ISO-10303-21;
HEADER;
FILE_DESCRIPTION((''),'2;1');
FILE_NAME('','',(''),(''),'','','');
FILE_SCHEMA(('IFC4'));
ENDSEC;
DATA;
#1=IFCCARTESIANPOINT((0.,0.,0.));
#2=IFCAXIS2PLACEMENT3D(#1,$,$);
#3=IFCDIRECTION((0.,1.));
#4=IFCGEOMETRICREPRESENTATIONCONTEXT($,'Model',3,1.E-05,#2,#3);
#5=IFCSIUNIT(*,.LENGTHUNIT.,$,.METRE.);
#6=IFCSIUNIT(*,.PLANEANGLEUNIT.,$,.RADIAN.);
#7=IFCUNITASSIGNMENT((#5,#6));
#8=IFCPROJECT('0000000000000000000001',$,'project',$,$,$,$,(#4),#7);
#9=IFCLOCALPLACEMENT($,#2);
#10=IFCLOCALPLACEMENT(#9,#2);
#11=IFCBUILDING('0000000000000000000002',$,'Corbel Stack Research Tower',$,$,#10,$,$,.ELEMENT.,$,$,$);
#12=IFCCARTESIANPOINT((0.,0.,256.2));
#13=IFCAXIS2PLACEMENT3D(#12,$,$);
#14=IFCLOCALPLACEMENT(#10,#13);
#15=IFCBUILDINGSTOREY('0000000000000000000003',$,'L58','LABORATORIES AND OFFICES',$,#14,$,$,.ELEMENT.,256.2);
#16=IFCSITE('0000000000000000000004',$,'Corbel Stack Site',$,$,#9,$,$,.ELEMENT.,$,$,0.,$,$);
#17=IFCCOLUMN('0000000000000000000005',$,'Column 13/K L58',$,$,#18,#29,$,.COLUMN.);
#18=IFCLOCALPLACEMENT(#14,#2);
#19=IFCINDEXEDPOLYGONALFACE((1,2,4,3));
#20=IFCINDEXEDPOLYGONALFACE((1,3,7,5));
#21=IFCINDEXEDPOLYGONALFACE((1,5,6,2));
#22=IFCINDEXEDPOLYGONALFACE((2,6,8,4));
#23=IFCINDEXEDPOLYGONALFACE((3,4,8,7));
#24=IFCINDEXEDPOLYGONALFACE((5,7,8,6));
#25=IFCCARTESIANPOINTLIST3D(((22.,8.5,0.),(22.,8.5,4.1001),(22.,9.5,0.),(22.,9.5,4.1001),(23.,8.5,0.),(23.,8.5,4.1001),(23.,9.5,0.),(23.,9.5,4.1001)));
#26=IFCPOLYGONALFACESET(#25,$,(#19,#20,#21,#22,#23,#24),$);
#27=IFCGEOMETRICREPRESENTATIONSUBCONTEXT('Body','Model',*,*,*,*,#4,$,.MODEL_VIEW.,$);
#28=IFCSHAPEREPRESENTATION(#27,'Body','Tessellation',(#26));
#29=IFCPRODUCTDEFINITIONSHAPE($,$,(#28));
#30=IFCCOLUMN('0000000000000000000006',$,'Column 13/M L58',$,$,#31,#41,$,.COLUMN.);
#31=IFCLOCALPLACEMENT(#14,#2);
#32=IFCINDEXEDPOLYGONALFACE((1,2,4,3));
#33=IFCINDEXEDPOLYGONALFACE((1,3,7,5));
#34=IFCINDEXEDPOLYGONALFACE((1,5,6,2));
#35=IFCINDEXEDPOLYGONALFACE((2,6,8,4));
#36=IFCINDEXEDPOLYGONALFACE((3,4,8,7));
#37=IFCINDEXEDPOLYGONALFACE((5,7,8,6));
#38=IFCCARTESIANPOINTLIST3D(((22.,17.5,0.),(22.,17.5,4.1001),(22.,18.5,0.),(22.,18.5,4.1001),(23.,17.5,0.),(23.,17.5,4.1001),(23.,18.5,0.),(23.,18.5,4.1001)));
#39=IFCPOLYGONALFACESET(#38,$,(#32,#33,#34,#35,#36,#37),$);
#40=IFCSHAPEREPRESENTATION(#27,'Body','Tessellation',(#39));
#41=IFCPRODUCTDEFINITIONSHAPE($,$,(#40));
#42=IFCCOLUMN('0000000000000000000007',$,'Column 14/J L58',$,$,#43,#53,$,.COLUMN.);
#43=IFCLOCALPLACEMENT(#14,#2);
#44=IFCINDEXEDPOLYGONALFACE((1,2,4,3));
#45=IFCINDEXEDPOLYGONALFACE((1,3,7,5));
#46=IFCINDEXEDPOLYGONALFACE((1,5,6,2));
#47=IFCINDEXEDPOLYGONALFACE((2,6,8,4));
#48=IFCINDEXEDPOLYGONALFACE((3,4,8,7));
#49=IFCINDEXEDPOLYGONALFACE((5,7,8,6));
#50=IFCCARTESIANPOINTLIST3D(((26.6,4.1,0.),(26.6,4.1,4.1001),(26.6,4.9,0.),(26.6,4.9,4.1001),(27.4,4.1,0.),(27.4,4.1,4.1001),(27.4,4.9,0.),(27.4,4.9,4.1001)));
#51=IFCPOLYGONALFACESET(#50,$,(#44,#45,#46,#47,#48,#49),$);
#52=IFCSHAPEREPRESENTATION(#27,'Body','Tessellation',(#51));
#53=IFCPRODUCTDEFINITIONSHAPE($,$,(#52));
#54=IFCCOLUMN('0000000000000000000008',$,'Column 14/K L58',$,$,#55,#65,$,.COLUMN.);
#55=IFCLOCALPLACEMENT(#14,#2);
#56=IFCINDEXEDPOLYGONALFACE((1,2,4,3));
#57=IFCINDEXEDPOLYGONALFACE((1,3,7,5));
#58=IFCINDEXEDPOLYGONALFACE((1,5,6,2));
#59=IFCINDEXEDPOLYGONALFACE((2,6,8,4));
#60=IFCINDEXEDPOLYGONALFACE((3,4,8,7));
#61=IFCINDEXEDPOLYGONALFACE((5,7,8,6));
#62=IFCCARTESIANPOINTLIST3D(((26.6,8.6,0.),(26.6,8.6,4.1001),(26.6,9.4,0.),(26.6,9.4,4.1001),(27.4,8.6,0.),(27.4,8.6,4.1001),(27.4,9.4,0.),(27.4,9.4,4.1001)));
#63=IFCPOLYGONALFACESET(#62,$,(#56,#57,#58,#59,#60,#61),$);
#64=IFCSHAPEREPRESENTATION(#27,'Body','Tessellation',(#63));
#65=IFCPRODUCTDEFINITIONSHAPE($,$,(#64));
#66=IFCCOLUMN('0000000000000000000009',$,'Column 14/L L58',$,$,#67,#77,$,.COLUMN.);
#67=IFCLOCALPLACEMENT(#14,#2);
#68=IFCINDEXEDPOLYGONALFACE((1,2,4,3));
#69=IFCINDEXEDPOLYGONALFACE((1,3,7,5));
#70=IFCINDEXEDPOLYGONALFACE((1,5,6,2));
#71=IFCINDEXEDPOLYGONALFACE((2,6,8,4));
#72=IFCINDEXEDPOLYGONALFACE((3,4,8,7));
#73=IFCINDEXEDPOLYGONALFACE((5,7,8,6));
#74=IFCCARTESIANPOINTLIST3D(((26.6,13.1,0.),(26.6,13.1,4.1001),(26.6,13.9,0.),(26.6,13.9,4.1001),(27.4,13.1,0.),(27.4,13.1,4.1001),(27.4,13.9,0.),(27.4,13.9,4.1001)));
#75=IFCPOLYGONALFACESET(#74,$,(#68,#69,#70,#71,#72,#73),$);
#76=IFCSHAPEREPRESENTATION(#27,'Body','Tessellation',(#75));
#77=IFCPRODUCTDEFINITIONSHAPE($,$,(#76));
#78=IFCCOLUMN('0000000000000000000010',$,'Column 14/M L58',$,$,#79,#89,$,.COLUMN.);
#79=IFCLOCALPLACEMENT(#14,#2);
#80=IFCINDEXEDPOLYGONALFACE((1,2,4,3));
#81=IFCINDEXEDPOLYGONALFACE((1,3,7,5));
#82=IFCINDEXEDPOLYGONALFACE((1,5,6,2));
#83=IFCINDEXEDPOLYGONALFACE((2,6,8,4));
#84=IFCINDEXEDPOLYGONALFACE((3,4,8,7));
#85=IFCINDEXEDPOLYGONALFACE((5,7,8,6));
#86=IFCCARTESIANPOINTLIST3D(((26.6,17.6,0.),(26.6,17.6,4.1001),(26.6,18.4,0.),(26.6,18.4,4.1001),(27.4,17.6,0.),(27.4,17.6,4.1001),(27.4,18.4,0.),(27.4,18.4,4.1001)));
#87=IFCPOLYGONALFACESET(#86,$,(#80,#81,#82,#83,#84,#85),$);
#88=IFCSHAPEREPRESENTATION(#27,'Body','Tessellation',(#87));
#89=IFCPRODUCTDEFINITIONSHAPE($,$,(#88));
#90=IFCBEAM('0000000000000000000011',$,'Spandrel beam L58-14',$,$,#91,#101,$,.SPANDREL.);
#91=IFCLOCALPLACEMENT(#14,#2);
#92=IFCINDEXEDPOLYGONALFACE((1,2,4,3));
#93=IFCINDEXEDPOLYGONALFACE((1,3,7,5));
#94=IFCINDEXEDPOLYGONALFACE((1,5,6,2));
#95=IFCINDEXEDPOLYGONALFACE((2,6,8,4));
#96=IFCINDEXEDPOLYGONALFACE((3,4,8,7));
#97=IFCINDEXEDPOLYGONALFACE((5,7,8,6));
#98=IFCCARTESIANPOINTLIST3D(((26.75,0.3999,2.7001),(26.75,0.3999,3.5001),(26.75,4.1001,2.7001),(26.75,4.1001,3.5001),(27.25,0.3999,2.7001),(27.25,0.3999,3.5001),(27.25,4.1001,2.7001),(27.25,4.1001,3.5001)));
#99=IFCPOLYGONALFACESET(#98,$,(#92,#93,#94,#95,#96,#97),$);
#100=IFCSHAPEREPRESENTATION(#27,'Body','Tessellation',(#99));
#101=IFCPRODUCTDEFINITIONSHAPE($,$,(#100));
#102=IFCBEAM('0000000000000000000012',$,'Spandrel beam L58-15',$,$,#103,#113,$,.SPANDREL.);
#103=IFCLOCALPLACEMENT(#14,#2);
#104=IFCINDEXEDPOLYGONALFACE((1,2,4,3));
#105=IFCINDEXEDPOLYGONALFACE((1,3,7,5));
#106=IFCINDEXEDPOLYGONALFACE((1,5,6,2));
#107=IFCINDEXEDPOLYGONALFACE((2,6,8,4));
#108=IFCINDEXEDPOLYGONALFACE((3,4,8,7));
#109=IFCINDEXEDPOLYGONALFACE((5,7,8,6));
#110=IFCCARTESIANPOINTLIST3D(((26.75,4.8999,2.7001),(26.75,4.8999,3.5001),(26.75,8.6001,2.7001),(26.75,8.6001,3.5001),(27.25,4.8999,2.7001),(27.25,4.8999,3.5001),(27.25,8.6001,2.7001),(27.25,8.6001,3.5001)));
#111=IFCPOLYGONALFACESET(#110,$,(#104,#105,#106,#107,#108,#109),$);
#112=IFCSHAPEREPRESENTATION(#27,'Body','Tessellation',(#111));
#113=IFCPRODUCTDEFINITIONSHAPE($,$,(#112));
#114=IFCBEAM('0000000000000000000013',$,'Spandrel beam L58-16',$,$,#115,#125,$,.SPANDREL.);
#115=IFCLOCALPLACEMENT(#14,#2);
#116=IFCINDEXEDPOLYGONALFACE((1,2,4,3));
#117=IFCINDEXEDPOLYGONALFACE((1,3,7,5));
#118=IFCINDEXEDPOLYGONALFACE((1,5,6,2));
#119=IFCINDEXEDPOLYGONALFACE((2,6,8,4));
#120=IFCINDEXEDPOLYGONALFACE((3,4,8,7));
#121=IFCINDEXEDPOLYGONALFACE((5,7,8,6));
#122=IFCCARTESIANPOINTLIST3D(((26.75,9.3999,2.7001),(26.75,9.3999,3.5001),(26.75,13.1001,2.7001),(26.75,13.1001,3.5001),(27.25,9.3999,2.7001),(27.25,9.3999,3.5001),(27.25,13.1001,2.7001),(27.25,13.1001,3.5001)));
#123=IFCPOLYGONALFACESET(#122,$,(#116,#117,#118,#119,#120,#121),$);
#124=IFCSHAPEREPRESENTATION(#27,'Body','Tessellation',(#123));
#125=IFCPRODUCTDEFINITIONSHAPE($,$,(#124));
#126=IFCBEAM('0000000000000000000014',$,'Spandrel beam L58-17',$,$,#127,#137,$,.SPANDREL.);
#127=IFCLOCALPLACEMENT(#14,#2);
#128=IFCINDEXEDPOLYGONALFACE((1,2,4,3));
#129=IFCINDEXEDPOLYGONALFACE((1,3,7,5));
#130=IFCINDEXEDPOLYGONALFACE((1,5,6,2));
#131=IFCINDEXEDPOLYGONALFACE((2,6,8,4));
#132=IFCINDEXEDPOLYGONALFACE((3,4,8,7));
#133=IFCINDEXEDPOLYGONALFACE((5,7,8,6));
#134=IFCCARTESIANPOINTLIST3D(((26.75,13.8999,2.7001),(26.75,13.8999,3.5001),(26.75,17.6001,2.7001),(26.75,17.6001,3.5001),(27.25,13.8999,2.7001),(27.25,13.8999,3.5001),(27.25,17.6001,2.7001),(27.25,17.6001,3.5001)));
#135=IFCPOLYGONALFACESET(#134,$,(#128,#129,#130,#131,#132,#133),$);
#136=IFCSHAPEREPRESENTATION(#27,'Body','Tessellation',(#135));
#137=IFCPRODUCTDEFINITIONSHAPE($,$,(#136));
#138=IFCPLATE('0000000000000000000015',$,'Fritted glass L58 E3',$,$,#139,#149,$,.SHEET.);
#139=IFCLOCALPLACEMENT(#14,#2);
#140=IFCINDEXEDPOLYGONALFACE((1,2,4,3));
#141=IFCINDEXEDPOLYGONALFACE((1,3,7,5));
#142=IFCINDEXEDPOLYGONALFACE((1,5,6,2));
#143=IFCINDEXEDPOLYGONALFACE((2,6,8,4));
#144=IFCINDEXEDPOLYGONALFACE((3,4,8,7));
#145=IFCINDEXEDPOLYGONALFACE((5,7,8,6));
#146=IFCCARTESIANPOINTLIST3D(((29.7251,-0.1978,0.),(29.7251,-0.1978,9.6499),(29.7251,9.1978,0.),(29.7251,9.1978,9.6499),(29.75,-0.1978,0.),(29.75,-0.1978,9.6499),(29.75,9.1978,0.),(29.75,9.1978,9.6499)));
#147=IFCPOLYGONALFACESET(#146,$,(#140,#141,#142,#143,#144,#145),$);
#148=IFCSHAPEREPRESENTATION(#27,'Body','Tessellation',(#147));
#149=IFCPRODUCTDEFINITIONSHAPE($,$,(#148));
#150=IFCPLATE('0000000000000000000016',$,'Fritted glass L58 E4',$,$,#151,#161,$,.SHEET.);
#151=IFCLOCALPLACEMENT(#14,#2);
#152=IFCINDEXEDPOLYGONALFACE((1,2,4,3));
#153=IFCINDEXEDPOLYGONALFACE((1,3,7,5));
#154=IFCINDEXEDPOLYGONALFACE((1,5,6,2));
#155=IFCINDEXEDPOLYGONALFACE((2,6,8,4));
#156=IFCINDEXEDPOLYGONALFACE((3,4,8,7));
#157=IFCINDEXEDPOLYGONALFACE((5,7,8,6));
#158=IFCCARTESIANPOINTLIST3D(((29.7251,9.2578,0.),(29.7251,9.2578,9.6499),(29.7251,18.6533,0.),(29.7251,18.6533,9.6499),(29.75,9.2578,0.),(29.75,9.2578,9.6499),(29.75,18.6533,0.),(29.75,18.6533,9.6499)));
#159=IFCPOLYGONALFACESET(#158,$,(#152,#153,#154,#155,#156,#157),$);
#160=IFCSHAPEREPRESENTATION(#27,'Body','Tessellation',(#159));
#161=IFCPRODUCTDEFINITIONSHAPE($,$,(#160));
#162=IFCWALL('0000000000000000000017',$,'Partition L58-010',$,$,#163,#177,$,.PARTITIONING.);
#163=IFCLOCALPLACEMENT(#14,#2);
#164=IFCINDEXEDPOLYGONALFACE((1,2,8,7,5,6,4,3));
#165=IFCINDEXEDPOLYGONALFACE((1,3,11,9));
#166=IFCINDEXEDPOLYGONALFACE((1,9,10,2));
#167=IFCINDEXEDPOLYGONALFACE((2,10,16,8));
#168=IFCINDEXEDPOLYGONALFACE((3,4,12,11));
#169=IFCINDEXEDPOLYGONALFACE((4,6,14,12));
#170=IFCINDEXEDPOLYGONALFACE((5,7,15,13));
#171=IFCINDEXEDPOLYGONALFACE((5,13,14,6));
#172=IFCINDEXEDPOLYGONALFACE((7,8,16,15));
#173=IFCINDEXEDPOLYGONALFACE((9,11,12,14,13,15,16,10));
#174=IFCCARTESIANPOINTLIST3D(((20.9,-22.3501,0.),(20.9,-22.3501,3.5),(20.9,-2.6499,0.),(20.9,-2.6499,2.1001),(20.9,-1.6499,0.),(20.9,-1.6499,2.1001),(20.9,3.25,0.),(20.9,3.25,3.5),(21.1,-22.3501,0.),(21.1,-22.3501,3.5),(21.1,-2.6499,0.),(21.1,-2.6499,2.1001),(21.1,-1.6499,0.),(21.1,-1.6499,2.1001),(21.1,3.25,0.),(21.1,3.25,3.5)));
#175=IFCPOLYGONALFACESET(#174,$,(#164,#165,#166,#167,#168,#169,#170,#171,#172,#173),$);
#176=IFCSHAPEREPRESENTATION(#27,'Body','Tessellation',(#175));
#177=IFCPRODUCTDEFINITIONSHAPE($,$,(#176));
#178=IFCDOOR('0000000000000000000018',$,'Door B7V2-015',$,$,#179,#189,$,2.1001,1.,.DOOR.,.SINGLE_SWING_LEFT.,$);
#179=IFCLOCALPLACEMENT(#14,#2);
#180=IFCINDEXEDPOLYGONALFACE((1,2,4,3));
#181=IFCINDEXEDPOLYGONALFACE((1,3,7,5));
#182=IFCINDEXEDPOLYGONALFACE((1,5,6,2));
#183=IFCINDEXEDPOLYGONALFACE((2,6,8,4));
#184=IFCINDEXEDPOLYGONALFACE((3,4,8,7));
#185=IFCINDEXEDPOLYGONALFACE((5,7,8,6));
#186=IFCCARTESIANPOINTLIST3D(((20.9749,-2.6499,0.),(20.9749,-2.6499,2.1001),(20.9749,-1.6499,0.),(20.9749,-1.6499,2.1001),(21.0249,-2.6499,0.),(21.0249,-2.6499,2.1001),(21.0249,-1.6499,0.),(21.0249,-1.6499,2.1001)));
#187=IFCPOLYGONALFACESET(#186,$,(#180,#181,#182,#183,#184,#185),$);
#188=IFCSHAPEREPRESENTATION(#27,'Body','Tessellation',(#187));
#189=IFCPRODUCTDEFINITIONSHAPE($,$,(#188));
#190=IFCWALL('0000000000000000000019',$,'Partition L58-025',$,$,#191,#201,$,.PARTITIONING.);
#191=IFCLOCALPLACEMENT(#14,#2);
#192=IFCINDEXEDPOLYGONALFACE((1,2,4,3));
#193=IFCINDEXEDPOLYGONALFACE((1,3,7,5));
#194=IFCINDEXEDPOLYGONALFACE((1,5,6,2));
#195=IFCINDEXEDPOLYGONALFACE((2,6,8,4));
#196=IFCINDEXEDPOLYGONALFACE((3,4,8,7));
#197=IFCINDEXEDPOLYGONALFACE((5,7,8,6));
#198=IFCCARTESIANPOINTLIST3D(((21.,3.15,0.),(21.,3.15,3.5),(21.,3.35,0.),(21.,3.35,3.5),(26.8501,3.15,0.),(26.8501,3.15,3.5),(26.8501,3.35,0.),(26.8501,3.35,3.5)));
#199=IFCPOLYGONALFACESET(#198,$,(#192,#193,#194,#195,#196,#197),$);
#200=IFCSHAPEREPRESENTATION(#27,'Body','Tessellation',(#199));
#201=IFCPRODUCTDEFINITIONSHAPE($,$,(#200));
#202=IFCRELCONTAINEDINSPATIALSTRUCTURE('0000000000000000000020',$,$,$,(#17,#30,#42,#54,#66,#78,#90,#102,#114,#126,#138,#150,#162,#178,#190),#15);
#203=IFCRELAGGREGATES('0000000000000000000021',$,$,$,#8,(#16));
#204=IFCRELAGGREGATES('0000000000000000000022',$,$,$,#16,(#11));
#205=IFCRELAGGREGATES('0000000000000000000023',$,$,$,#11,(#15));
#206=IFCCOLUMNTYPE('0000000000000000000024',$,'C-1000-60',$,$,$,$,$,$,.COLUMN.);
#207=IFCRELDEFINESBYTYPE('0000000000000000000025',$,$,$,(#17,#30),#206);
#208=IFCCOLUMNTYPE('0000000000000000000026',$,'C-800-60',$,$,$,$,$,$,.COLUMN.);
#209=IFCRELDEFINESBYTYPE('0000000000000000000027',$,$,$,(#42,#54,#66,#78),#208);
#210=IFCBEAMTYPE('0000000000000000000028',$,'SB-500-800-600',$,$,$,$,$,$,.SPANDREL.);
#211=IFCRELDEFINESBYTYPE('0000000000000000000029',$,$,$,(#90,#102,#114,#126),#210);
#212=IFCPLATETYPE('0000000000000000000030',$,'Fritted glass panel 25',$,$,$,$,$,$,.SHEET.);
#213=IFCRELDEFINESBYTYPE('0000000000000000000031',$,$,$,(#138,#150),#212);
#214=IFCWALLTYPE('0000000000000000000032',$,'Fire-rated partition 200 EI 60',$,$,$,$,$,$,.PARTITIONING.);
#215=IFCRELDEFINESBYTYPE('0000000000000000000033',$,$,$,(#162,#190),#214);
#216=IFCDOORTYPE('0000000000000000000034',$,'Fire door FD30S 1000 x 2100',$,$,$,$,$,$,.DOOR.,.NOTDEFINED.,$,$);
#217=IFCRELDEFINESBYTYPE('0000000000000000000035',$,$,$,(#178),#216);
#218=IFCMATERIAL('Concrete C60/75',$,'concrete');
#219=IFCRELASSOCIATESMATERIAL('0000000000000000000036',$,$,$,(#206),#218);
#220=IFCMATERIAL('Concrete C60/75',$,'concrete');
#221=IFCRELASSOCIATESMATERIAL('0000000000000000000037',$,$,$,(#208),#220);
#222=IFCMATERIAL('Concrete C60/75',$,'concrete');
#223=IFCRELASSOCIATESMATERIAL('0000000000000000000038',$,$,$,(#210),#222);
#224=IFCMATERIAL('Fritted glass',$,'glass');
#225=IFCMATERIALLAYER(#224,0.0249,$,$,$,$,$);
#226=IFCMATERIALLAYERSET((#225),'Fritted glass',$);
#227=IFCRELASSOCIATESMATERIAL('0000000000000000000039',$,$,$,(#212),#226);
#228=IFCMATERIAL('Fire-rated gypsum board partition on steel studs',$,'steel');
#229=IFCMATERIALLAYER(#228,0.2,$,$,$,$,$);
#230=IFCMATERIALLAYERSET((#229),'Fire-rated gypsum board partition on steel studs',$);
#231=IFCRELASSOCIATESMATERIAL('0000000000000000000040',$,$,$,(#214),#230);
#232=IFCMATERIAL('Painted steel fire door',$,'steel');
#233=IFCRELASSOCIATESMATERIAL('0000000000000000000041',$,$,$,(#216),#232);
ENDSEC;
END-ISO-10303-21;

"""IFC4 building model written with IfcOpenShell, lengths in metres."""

from ifc_helpers import new_model, si_unit, direction, frame, frame_2d, origin, origin_2d, place, context, subcontext, project, spatial, rectangle, extrude, material, layer, layer_set, material_profile, profile_set, type_object, element, fill, save


model = new_model("IFC4")

# Units and contexts
model_context = context("Model", 3, precision=1e-05, world=origin(), true_north=direction((0.0, 1.0)))
body_context = subcontext(model_context, "Body", "Model", "MODEL_VIEW")
ifc_project = project(units=[si_unit("LENGTHUNIT", "METRE"), si_unit("PLANEANGLEUNIT", "RADIAN")], contexts=[model_context])

# Site, building, storey
site_placement = place(None, origin())
site = spatial("IfcSite", under=ifc_project, at=site_placement, Name="Corbel Stack Site", CompositionType="ELEMENT", RefElevation=0.0)
building_placement = place(site_placement, origin())
building = spatial("IfcBuilding", under=site, at=building_placement, Name="Corbel Stack Research Tower", CompositionType="ELEMENT")
storey_placement = place(building_placement, frame((0.0, 0.0, 256.2)))
storey = spatial("IfcBuildingStorey", under=building, at=storey_placement, Name="L58", Description="LABORATORIES AND OFFICES", CompositionType="ELEMENT", Elevation=256.2)

# Columns
ifc_material_1 = material(Name="Concrete C60/75", Category="concrete")
ifc_material_profile_1 = material_profile(ifc_material_1, rectangle(XDim=1.0, YDim=1.0, at=origin_2d()), Name="RC 1000 x 1000")
ifc_profile_set_1 = profile_set([ifc_material_profile_1], Name="Concrete C60/75")
column_type_1 = type_object("IfcColumnType", Name="C-1000-60", PredefinedType="COLUMN", material=ifc_profile_set_1)
for number, where, z_axis, x_axis, name in (
    (1, (22.5, 9.0, 0.0), (0.0, 0.0, 1.0), (1.0, 0.0, 0.0), "Column 13/K L58"),
    (2, (22.5, 18.0, 0.0), (0.0, 0.0, 1.0), (1.0, 0.0, 0.0), "Column 13/M L58"),
):
    element("IfcColumn", number, at=place(storey_placement, frame(where, z_axis=z_axis, x_axis=x_axis)), inside=storey, type_object=column_type_1, Name=name, PredefinedType="COLUMN", context=body_context, shape_type="SweptSolid", body=[
        extrude(rectangle(XDim=1.0, YDim=1.0, at=origin_2d()), origin(), (0.0, 0.0, 1.0), 4.1001),
    ])
ifc_material_2 = material(Name="Concrete C60/75", Category="concrete")
ifc_material_profile_2 = material_profile(ifc_material_2, rectangle(XDim=0.8, YDim=0.8, at=origin_2d()), Name="RC 800 x 800")
ifc_profile_set_2 = profile_set([ifc_material_profile_2], Name="Concrete C60/75")
column_type_2 = type_object("IfcColumnType", Name="C-800-60", PredefinedType="COLUMN", material=ifc_profile_set_2)
for number, where, z_axis, x_axis, name in (
    (3, (27.0, 4.5, 0.0), (0.0, 0.0, 1.0), (1.0, 0.0, 0.0), "Column 14/J L58"),
    (4, (27.0, 9.0, 0.0), (0.0, 0.0, 1.0), (1.0, 0.0, 0.0), "Column 14/K L58"),
    (5, (27.0, 13.5, 0.0), (0.0, 0.0, 1.0), (1.0, 0.0, 0.0), "Column 14/L L58"),
    (6, (27.0, 18.0, 0.0), (0.0, 0.0, 1.0), (1.0, 0.0, 0.0), "Column 14/M L58"),
):
    element("IfcColumn", number, at=place(storey_placement, frame(where, z_axis=z_axis, x_axis=x_axis)), inside=storey, type_object=column_type_2, Name=name, PredefinedType="COLUMN", context=body_context, shape_type="SweptSolid", body=[
        extrude(rectangle(XDim=0.8, YDim=0.8, at=origin_2d()), origin(), (0.0, 0.0, 1.0), 4.1001),
    ])

# Beams
ifc_material_3 = material(Name="Concrete C60/75", Category="concrete")
ifc_material_profile_3 = material_profile(ifc_material_3, rectangle(XDim=0.5, YDim=0.8, at=origin_2d()), Name="RC 500 x 800")
ifc_profile_set_3 = profile_set([ifc_material_profile_3], Name="Concrete C60/75")
beam_type = type_object("IfcBeamType", Name="SB-500-800-600", PredefinedType="SPANDREL", material=ifc_profile_set_3)
for number, where, z_axis, x_axis, name in (
    (7, (27.0, 0.3999, 3.1001), (0.0, 1.0, 0.0), (-1.0, 0.0, 0.0), "Spandrel beam L58-14"),
    (8, (27.0, 4.8999, 3.1001), (0.0, 1.0, 0.0), (-1.0, 0.0, 0.0), "Spandrel beam L58-15"),
    (9, (27.0, 9.3999, 3.1001), (0.0, 1.0, 0.0), (-1.0, 0.0, 0.0), "Spandrel beam L58-16"),
    (10, (27.0, 13.8999, 3.1001), (0.0, 1.0, 0.0), (-1.0, 0.0, 0.0), "Spandrel beam L58-17"),
):
    element("IfcBeam", number, at=place(storey_placement, frame(where, z_axis=z_axis, x_axis=x_axis)), inside=storey, type_object=beam_type, Name=name, PredefinedType="SPANDREL", context=body_context, shape_type="SweptSolid", body=[
        extrude(rectangle(XDim=0.5, YDim=0.8, at=origin_2d()), origin(), (0.0, 0.0, 1.0), 3.7002),
    ])

# Plates
ifc_material_4 = material(Name="Fritted glass", Category="glass")
ifc_layer_1 = layer(ifc_material_4, 0.0249)
ifc_layer_set_1 = layer_set([ifc_layer_1], Name="Fritted glass")
plate_type = type_object("IfcPlateType", Name="Fritted glass panel 25", PredefinedType="SHEET", material=ifc_layer_set_1)
for number, where, z_axis, x_axis, name in (
    (11, (29.7375, 4.5, 0.0), (0.0, 0.0, 1.0), (0.0, 1.0, 0.0), "Fritted glass L58 E3"),
    (12, (29.7375, 13.9556, 0.0), (0.0, 0.0, 1.0), (0.0, 1.0, 0.0), "Fritted glass L58 E4"),
):
    element("IfcPlate", number, at=place(storey_placement, frame(where, z_axis=z_axis, x_axis=x_axis)), inside=storey, type_object=plate_type, Name=name, PredefinedType="SHEET", context=body_context, shape_type="SweptSolid", body=[
        extrude(rectangle(XDim=9.3955, YDim=0.0249, at=origin_2d()), origin(), (0.0, 0.0, 1.0), 9.6499),
    ])

# Wall, opening, door
ifc_material_5 = material(Name="Fire-rated gypsum board partition on steel studs", Category="steel")
ifc_layer_2 = layer(ifc_material_5, 0.2)
ifc_layer_set_2 = layer_set([ifc_layer_2], Name="Fire-rated gypsum board partition on steel studs")
wall_type_1 = type_object("IfcWallType", Name="Fire-rated partition 200 EI 60", PredefinedType="PARTITIONING", material=ifc_layer_set_2)
wall_1_placement = place(storey_placement, frame((21.0, 3.25, 0.0), z_axis=(0.0, 0.0, 1.0), x_axis=(0.0, -1.0, 0.0)))
wall_1 = element("IfcWall", 13, at=wall_1_placement, inside=storey, type_object=wall_type_1, Name="Partition L58-010", PredefinedType="PARTITIONING", context=body_context, shape_type="SweptSolid", body=[
    extrude(rectangle(XDim=25.6001, YDim=0.2, at=frame_2d((12.8, 0.0))), origin(), (0.0, 0.0, 1.0), 3.5),
])
opening_1_placement = place(wall_1_placement, frame((4.8999, 0.0, 0.0)))
opening_1 = element("IfcOpeningElement", 14, at=opening_1_placement, cuts=wall_1, PredefinedType="OPENING", context=body_context, shape_type="SweptSolid", body=[
    extrude(rectangle(XDim=1.0, YDim=2.1001, at=frame_2d((0.5, 1.05))), frame((0.0, 0.1099, 0.0), z_axis=(0.0, -1.0, 0.0), x_axis=(1.0, 0.0, 0.0)), (0.0, 0.0, 1.0), 0.22),
])
ifc_material_6 = material(Name="Painted steel fire door", Category="steel")
door_type_1 = type_object("IfcDoorType", Name="Fire door FD30S 1000 x 2100", OperationType="NOTDEFINED", PredefinedType="DOOR", material=ifc_material_6)
door_1_placement = place(opening_1_placement, origin())
door_1 = element("IfcDoor", 15, at=door_1_placement, inside=storey, type_object=door_type_1, Name="Door B7V2-015", OperationType="SINGLE_SWING_LEFT", OverallHeight=2.1001, OverallWidth=1.0, PredefinedType="DOOR", context=body_context, shape_type="SweptSolid", body=[
    extrude(rectangle(XDim=1.0, YDim=2.1001, at=frame_2d((0.5, 1.05))), frame((0.0, 0.0249, 0.0), z_axis=(0.0, -1.0, 0.0), x_axis=(1.0, 0.0, 0.0)), (0.0, 0.0, 1.0), 0.05),
])
fill(opening_1, door_1)

# Wall
for number, where, z_axis, x_axis, name in (
    (16, (21.0, 3.25, 0.0), (0.0, 0.0, 1.0), (1.0, 0.0, 0.0), "Partition L58-025"),
):
    element("IfcWall", number, at=place(storey_placement, frame(where, z_axis=z_axis, x_axis=x_axis)), inside=storey, type_object=wall_type_1, Name=name, PredefinedType="PARTITIONING", context=body_context, shape_type="SweptSolid", body=[
        extrude(rectangle(XDim=5.8501, YDim=0.2, at=frame_2d((2.925, 0.0))), origin(), (0.0, 0.0, 1.0), 3.5),
    ])

save(model, "model.ifc")
